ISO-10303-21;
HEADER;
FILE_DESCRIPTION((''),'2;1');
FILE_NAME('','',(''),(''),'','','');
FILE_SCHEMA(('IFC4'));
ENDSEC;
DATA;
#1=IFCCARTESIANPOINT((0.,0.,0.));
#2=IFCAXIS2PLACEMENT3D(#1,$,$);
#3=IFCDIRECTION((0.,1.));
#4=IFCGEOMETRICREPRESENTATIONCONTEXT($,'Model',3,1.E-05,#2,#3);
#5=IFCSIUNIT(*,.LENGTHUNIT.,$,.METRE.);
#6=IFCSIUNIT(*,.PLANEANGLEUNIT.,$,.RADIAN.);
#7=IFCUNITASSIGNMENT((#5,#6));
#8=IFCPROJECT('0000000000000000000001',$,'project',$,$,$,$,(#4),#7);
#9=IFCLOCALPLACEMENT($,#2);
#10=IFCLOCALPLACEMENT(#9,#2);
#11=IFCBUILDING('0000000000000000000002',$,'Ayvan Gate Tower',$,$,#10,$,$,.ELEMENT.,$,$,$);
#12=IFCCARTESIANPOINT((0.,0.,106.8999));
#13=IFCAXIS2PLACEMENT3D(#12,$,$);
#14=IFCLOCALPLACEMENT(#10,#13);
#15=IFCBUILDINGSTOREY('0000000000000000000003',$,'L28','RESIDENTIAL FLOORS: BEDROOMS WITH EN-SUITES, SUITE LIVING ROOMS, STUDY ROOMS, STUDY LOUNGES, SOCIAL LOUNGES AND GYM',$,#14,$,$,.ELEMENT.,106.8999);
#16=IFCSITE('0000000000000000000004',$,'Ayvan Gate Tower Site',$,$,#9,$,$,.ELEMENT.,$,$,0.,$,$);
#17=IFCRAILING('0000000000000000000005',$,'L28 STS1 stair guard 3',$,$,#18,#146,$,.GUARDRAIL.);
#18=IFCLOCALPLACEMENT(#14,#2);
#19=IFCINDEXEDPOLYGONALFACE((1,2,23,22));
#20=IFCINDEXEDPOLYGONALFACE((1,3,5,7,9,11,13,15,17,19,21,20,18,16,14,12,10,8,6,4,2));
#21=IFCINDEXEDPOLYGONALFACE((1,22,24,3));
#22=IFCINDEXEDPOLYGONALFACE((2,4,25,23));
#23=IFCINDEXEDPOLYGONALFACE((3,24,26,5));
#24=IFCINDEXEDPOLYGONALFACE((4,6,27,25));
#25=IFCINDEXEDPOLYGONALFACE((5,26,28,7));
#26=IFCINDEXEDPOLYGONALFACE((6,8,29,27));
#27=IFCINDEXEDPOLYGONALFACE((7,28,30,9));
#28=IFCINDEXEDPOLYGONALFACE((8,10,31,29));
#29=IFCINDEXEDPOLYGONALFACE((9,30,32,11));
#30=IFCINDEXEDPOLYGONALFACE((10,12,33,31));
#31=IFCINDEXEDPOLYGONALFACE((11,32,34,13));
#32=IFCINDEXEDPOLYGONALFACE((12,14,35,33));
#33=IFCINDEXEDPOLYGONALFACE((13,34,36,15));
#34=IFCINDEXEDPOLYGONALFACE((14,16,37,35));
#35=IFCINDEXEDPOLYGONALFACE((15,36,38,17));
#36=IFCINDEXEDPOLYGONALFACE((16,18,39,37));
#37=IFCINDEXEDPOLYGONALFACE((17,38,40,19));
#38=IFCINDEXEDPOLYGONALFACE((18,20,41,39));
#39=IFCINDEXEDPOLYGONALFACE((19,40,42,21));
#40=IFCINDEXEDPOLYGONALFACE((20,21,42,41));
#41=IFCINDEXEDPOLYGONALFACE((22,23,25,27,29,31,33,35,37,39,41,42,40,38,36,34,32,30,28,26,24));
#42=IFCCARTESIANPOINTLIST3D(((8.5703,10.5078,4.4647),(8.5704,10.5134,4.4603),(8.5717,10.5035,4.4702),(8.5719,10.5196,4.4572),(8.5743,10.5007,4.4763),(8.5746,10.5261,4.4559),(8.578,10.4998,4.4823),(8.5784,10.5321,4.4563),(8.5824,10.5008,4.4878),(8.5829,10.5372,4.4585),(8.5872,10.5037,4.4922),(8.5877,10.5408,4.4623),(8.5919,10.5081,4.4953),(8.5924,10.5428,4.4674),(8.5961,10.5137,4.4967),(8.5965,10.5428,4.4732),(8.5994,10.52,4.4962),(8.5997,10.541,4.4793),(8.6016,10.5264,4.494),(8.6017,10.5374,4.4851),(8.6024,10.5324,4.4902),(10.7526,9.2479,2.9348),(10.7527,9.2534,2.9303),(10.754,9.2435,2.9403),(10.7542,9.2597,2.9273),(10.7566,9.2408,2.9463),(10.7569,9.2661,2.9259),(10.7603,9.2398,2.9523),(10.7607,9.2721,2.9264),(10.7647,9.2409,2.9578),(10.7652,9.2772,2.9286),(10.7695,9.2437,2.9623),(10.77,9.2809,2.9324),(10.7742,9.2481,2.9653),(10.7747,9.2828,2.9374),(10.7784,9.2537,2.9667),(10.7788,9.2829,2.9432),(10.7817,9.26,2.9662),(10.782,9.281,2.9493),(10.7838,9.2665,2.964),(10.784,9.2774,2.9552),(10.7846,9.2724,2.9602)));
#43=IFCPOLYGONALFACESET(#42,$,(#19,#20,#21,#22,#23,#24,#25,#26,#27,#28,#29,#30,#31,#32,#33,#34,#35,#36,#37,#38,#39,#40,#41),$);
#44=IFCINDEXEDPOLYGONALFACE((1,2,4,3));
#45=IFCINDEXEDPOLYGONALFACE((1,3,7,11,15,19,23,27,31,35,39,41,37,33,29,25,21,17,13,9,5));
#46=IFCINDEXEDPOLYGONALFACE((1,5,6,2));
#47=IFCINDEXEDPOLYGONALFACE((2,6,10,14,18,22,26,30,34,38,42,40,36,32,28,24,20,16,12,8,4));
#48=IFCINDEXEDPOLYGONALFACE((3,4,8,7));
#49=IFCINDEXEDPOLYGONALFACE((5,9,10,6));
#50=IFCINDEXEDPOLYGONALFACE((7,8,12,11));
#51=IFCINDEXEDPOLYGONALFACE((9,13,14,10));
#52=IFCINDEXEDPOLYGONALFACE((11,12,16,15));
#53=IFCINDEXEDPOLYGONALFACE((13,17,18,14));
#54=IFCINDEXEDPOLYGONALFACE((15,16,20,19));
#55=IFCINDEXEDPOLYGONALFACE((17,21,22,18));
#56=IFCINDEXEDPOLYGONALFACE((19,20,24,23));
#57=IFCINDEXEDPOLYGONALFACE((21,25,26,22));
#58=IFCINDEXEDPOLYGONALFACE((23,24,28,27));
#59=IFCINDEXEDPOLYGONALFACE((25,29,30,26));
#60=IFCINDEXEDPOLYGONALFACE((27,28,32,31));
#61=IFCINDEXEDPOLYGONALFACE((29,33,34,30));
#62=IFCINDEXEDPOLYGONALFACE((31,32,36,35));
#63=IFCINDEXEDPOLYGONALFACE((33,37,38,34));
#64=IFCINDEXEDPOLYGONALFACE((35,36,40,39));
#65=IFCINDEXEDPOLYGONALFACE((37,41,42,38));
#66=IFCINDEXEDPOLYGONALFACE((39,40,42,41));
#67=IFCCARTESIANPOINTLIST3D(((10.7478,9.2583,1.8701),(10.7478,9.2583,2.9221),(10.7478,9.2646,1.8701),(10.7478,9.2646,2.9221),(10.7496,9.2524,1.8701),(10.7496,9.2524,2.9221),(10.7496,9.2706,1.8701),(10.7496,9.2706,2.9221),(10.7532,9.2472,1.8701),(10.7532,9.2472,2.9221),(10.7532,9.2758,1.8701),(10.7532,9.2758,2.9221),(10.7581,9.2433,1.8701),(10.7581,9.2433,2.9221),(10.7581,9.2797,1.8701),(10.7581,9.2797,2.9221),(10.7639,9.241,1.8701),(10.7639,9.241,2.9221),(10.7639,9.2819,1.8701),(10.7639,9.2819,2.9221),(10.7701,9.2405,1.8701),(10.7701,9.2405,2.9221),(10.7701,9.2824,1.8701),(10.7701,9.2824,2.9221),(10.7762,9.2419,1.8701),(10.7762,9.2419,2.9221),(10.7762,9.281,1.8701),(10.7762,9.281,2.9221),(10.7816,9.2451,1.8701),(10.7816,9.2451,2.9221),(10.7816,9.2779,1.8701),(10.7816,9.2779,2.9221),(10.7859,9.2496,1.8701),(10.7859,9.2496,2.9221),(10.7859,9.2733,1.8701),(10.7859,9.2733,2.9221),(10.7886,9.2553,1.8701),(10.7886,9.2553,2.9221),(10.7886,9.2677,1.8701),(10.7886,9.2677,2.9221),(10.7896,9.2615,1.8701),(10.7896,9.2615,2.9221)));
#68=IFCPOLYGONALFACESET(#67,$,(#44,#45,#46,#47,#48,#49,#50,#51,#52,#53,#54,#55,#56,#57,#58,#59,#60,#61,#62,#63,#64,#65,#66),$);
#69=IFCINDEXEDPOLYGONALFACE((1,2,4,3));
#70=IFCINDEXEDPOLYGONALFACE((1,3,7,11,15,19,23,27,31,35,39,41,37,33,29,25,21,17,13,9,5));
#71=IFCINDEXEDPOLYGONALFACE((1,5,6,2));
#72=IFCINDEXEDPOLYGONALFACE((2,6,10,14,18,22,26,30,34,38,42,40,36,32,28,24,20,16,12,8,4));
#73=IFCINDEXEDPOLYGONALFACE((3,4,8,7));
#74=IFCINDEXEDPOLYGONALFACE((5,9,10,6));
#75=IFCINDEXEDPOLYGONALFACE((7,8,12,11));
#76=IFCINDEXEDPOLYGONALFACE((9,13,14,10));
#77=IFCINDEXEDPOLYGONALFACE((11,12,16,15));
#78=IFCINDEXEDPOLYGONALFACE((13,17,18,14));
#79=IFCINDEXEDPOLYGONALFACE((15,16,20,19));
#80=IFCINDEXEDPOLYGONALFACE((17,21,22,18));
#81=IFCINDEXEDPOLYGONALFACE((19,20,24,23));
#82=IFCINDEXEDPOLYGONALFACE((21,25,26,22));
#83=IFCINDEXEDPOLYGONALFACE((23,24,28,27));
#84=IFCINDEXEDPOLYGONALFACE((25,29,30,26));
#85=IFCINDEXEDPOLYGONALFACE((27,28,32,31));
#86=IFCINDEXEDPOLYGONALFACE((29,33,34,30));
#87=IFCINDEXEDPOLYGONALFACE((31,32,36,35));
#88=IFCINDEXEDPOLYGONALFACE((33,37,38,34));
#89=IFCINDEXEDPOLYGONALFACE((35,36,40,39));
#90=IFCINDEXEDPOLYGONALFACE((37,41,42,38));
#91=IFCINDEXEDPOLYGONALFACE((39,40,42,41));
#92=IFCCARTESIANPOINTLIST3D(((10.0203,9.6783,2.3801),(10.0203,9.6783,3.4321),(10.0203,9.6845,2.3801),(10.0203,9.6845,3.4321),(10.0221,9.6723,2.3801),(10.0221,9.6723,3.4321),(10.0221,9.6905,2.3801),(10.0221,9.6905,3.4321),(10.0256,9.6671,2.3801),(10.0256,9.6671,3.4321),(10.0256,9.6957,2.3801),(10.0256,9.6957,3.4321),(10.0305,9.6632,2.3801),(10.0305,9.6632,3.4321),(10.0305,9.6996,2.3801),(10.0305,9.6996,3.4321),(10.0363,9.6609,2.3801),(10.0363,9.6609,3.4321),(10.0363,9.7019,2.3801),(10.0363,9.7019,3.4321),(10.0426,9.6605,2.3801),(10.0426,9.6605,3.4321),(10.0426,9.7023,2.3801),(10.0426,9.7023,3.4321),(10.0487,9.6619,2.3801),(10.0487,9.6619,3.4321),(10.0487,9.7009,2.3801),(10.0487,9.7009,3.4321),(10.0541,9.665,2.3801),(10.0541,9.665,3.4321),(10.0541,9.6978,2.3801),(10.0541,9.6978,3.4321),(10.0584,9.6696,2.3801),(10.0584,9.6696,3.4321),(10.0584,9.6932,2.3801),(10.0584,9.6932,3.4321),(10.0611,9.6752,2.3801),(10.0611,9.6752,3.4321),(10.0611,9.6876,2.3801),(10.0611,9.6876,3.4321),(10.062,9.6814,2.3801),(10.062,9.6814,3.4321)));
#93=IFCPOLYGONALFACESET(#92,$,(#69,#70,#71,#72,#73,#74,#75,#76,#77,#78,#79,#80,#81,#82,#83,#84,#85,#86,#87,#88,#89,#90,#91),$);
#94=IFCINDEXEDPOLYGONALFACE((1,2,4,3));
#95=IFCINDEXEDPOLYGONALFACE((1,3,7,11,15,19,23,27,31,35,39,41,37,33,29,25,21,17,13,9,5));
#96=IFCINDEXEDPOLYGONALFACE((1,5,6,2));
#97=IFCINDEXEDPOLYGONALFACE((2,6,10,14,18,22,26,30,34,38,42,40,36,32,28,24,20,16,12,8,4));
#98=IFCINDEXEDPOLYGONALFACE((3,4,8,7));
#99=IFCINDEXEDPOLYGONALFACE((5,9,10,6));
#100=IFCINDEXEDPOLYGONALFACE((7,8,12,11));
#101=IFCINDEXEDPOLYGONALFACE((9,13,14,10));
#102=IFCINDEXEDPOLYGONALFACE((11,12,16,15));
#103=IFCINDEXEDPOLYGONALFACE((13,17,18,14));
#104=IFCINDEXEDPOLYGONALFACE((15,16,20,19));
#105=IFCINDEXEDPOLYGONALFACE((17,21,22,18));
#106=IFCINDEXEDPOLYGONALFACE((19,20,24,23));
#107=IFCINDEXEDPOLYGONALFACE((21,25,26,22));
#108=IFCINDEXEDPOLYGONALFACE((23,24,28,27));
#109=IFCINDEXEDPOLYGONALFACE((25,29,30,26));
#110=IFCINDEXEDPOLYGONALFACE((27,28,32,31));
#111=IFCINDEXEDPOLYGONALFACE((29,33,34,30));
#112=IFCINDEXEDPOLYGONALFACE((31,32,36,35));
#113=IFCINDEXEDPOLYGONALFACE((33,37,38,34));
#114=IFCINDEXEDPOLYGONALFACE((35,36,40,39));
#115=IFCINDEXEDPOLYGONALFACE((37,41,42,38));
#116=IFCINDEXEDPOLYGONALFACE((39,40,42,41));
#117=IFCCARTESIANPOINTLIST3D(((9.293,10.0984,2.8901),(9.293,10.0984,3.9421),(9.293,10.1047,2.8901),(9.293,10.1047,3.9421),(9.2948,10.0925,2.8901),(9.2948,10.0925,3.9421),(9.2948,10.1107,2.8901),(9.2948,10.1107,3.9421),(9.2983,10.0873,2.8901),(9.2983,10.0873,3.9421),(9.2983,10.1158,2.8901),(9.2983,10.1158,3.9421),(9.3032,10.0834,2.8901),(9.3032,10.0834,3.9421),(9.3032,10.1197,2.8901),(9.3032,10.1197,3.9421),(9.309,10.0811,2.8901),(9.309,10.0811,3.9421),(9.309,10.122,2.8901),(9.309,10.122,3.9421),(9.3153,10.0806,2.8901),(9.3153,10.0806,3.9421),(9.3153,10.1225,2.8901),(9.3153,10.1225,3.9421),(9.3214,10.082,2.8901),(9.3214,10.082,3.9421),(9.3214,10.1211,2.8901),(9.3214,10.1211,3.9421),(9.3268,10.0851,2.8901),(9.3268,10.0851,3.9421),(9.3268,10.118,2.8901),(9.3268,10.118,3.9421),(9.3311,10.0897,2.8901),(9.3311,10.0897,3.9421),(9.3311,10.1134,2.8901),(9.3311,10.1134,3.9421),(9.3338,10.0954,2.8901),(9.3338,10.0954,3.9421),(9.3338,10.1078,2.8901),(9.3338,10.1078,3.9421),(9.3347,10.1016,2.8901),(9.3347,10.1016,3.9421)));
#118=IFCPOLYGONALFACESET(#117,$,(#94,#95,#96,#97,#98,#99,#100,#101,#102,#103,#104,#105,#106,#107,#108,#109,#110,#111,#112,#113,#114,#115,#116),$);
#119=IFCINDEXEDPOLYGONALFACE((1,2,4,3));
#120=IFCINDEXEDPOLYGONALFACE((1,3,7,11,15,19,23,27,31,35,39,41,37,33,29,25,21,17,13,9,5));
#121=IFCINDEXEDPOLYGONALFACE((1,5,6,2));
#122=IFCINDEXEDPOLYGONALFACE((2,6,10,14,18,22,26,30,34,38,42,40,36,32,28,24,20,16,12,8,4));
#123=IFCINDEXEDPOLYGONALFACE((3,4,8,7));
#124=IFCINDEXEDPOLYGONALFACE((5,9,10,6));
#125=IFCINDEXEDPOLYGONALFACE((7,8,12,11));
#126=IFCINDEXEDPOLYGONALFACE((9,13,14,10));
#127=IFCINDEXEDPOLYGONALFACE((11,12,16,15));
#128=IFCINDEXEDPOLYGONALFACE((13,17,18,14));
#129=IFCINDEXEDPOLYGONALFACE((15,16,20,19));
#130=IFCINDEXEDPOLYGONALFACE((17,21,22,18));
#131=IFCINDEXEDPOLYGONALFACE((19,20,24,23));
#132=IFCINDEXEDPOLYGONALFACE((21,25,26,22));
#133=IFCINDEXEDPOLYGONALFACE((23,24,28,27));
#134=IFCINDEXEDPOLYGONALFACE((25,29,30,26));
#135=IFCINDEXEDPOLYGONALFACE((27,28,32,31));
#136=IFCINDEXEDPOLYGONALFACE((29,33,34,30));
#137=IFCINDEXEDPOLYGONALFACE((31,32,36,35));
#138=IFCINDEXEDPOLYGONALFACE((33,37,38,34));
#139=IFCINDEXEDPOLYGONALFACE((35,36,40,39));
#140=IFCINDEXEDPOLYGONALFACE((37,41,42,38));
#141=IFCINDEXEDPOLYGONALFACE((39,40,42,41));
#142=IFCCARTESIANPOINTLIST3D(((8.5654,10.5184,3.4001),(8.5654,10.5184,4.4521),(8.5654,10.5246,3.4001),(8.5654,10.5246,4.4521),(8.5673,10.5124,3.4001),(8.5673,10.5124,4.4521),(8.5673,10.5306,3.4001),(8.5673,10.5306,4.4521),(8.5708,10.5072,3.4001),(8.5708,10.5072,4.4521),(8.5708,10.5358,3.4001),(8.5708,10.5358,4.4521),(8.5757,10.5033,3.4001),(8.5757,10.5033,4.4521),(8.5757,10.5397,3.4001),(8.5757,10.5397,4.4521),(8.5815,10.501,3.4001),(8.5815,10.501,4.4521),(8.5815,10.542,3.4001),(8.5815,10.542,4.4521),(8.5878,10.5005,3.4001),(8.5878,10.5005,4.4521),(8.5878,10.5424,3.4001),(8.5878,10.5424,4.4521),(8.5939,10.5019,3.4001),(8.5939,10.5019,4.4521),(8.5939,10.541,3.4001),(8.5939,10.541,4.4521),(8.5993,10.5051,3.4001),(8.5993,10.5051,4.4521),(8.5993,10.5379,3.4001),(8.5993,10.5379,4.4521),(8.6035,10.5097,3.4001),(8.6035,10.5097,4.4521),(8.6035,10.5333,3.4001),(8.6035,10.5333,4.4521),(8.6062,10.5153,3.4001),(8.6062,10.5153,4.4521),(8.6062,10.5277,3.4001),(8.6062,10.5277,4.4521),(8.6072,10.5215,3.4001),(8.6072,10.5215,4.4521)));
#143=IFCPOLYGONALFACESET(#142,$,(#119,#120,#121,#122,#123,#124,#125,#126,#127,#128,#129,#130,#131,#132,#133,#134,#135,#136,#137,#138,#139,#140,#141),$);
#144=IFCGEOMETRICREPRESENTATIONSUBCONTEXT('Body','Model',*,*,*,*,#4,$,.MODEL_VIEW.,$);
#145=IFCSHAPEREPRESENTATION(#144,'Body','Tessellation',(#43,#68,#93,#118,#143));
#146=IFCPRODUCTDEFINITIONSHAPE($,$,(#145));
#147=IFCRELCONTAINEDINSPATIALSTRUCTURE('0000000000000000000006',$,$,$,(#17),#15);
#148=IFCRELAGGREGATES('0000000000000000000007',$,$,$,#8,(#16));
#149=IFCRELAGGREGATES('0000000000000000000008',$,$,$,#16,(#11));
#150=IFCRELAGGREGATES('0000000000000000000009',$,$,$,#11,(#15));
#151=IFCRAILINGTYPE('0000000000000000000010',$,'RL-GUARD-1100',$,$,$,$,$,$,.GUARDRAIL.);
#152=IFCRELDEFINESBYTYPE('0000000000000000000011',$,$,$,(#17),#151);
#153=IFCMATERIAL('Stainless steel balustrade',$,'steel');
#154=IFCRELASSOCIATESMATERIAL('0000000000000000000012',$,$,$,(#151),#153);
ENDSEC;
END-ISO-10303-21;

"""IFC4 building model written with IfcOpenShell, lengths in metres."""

from ifc_helpers import new_model, si_unit, direction, frame, origin, origin_2d, place, context, subcontext, project, spatial, circle, extrude, material, type_object, element, save


model = new_model("IFC4")

# Units and contexts
model_context = context("Model", 3, precision=1e-05, world=origin(), true_north=direction((0.0, 1.0)))
body_context = subcontext(model_context, "Body", "Model", "MODEL_VIEW")
ifc_project = project(units=[si_unit("LENGTHUNIT", "METRE"), si_unit("PLANEANGLEUNIT", "RADIAN")], contexts=[model_context])

# Site, building, storey
site_placement = place(None, origin())
site = spatial("IfcSite", under=ifc_project, at=site_placement, Name="Ayvan Gate Tower Site", CompositionType="ELEMENT", RefElevation=0.0)
building_placement = place(site_placement, origin())
building = spatial("IfcBuilding", under=site, at=building_placement, Name="Ayvan Gate Tower", CompositionType="ELEMENT")
storey_placement = place(building_placement, frame((0.0, 0.0, 106.8999)))
storey = spatial("IfcBuildingStorey", under=building, at=storey_placement, Name="L28", Description="RESIDENTIAL FLOORS: BEDROOMS WITH EN-SUITES, SUITE LIVING ROOMS, STUDY ROOMS, STUDY LOUNGES, SOCIAL LOUNGES AND GYM", CompositionType="ELEMENT", Elevation=106.8999)

# Railing
ifc_material_1 = material(Name="Stainless steel balustrade", Category="steel")
railing_type_1 = type_object("IfcRailingType", Name="RL-GUARD-1100", PredefinedType="GUARDRAIL", material=ifc_material_1)
railing_1_placement = place(storey_placement, frame((10.7686, 9.2615, 1.8701)))
element("IfcRailing", 1, at=railing_1_placement, inside=storey, type_object=railing_type_1, Name="L28 STS1 stair guard 3", PredefinedType="GUARDRAIL", context=body_context, shape_type="SweptSolid", body=[
    extrude(circle(Radius=0.0239, at=origin_2d()), frame((0.0, 0.0, 1.0762), z_axis=(-0.740261, 0.427395, 0.518986), x_axis=(-0.500005, -0.866023, 0.0)), (0.0, 0.0, 1.0), 2.948),
    extrude(circle(Radius=0.021, at=origin_2d()), origin(), (0.0, 0.0, 1.0), 1.052),
    extrude(circle(Radius=0.021, at=origin_2d()), frame((-0.7275, 0.4199, 0.51)), (0.0, 0.0, 1.0), 1.052),
    extrude(circle(Radius=0.021, at=origin_2d()), frame((-1.4548, 0.8401, 1.02)), (0.0, 0.0, 1.0), 1.052),
    extrude(circle(Radius=0.021, at=origin_2d()), frame((-2.1824, 1.26, 1.53)), (0.0, 0.0, 1.0), 1.052),
])

save(model, "model.ifc")
